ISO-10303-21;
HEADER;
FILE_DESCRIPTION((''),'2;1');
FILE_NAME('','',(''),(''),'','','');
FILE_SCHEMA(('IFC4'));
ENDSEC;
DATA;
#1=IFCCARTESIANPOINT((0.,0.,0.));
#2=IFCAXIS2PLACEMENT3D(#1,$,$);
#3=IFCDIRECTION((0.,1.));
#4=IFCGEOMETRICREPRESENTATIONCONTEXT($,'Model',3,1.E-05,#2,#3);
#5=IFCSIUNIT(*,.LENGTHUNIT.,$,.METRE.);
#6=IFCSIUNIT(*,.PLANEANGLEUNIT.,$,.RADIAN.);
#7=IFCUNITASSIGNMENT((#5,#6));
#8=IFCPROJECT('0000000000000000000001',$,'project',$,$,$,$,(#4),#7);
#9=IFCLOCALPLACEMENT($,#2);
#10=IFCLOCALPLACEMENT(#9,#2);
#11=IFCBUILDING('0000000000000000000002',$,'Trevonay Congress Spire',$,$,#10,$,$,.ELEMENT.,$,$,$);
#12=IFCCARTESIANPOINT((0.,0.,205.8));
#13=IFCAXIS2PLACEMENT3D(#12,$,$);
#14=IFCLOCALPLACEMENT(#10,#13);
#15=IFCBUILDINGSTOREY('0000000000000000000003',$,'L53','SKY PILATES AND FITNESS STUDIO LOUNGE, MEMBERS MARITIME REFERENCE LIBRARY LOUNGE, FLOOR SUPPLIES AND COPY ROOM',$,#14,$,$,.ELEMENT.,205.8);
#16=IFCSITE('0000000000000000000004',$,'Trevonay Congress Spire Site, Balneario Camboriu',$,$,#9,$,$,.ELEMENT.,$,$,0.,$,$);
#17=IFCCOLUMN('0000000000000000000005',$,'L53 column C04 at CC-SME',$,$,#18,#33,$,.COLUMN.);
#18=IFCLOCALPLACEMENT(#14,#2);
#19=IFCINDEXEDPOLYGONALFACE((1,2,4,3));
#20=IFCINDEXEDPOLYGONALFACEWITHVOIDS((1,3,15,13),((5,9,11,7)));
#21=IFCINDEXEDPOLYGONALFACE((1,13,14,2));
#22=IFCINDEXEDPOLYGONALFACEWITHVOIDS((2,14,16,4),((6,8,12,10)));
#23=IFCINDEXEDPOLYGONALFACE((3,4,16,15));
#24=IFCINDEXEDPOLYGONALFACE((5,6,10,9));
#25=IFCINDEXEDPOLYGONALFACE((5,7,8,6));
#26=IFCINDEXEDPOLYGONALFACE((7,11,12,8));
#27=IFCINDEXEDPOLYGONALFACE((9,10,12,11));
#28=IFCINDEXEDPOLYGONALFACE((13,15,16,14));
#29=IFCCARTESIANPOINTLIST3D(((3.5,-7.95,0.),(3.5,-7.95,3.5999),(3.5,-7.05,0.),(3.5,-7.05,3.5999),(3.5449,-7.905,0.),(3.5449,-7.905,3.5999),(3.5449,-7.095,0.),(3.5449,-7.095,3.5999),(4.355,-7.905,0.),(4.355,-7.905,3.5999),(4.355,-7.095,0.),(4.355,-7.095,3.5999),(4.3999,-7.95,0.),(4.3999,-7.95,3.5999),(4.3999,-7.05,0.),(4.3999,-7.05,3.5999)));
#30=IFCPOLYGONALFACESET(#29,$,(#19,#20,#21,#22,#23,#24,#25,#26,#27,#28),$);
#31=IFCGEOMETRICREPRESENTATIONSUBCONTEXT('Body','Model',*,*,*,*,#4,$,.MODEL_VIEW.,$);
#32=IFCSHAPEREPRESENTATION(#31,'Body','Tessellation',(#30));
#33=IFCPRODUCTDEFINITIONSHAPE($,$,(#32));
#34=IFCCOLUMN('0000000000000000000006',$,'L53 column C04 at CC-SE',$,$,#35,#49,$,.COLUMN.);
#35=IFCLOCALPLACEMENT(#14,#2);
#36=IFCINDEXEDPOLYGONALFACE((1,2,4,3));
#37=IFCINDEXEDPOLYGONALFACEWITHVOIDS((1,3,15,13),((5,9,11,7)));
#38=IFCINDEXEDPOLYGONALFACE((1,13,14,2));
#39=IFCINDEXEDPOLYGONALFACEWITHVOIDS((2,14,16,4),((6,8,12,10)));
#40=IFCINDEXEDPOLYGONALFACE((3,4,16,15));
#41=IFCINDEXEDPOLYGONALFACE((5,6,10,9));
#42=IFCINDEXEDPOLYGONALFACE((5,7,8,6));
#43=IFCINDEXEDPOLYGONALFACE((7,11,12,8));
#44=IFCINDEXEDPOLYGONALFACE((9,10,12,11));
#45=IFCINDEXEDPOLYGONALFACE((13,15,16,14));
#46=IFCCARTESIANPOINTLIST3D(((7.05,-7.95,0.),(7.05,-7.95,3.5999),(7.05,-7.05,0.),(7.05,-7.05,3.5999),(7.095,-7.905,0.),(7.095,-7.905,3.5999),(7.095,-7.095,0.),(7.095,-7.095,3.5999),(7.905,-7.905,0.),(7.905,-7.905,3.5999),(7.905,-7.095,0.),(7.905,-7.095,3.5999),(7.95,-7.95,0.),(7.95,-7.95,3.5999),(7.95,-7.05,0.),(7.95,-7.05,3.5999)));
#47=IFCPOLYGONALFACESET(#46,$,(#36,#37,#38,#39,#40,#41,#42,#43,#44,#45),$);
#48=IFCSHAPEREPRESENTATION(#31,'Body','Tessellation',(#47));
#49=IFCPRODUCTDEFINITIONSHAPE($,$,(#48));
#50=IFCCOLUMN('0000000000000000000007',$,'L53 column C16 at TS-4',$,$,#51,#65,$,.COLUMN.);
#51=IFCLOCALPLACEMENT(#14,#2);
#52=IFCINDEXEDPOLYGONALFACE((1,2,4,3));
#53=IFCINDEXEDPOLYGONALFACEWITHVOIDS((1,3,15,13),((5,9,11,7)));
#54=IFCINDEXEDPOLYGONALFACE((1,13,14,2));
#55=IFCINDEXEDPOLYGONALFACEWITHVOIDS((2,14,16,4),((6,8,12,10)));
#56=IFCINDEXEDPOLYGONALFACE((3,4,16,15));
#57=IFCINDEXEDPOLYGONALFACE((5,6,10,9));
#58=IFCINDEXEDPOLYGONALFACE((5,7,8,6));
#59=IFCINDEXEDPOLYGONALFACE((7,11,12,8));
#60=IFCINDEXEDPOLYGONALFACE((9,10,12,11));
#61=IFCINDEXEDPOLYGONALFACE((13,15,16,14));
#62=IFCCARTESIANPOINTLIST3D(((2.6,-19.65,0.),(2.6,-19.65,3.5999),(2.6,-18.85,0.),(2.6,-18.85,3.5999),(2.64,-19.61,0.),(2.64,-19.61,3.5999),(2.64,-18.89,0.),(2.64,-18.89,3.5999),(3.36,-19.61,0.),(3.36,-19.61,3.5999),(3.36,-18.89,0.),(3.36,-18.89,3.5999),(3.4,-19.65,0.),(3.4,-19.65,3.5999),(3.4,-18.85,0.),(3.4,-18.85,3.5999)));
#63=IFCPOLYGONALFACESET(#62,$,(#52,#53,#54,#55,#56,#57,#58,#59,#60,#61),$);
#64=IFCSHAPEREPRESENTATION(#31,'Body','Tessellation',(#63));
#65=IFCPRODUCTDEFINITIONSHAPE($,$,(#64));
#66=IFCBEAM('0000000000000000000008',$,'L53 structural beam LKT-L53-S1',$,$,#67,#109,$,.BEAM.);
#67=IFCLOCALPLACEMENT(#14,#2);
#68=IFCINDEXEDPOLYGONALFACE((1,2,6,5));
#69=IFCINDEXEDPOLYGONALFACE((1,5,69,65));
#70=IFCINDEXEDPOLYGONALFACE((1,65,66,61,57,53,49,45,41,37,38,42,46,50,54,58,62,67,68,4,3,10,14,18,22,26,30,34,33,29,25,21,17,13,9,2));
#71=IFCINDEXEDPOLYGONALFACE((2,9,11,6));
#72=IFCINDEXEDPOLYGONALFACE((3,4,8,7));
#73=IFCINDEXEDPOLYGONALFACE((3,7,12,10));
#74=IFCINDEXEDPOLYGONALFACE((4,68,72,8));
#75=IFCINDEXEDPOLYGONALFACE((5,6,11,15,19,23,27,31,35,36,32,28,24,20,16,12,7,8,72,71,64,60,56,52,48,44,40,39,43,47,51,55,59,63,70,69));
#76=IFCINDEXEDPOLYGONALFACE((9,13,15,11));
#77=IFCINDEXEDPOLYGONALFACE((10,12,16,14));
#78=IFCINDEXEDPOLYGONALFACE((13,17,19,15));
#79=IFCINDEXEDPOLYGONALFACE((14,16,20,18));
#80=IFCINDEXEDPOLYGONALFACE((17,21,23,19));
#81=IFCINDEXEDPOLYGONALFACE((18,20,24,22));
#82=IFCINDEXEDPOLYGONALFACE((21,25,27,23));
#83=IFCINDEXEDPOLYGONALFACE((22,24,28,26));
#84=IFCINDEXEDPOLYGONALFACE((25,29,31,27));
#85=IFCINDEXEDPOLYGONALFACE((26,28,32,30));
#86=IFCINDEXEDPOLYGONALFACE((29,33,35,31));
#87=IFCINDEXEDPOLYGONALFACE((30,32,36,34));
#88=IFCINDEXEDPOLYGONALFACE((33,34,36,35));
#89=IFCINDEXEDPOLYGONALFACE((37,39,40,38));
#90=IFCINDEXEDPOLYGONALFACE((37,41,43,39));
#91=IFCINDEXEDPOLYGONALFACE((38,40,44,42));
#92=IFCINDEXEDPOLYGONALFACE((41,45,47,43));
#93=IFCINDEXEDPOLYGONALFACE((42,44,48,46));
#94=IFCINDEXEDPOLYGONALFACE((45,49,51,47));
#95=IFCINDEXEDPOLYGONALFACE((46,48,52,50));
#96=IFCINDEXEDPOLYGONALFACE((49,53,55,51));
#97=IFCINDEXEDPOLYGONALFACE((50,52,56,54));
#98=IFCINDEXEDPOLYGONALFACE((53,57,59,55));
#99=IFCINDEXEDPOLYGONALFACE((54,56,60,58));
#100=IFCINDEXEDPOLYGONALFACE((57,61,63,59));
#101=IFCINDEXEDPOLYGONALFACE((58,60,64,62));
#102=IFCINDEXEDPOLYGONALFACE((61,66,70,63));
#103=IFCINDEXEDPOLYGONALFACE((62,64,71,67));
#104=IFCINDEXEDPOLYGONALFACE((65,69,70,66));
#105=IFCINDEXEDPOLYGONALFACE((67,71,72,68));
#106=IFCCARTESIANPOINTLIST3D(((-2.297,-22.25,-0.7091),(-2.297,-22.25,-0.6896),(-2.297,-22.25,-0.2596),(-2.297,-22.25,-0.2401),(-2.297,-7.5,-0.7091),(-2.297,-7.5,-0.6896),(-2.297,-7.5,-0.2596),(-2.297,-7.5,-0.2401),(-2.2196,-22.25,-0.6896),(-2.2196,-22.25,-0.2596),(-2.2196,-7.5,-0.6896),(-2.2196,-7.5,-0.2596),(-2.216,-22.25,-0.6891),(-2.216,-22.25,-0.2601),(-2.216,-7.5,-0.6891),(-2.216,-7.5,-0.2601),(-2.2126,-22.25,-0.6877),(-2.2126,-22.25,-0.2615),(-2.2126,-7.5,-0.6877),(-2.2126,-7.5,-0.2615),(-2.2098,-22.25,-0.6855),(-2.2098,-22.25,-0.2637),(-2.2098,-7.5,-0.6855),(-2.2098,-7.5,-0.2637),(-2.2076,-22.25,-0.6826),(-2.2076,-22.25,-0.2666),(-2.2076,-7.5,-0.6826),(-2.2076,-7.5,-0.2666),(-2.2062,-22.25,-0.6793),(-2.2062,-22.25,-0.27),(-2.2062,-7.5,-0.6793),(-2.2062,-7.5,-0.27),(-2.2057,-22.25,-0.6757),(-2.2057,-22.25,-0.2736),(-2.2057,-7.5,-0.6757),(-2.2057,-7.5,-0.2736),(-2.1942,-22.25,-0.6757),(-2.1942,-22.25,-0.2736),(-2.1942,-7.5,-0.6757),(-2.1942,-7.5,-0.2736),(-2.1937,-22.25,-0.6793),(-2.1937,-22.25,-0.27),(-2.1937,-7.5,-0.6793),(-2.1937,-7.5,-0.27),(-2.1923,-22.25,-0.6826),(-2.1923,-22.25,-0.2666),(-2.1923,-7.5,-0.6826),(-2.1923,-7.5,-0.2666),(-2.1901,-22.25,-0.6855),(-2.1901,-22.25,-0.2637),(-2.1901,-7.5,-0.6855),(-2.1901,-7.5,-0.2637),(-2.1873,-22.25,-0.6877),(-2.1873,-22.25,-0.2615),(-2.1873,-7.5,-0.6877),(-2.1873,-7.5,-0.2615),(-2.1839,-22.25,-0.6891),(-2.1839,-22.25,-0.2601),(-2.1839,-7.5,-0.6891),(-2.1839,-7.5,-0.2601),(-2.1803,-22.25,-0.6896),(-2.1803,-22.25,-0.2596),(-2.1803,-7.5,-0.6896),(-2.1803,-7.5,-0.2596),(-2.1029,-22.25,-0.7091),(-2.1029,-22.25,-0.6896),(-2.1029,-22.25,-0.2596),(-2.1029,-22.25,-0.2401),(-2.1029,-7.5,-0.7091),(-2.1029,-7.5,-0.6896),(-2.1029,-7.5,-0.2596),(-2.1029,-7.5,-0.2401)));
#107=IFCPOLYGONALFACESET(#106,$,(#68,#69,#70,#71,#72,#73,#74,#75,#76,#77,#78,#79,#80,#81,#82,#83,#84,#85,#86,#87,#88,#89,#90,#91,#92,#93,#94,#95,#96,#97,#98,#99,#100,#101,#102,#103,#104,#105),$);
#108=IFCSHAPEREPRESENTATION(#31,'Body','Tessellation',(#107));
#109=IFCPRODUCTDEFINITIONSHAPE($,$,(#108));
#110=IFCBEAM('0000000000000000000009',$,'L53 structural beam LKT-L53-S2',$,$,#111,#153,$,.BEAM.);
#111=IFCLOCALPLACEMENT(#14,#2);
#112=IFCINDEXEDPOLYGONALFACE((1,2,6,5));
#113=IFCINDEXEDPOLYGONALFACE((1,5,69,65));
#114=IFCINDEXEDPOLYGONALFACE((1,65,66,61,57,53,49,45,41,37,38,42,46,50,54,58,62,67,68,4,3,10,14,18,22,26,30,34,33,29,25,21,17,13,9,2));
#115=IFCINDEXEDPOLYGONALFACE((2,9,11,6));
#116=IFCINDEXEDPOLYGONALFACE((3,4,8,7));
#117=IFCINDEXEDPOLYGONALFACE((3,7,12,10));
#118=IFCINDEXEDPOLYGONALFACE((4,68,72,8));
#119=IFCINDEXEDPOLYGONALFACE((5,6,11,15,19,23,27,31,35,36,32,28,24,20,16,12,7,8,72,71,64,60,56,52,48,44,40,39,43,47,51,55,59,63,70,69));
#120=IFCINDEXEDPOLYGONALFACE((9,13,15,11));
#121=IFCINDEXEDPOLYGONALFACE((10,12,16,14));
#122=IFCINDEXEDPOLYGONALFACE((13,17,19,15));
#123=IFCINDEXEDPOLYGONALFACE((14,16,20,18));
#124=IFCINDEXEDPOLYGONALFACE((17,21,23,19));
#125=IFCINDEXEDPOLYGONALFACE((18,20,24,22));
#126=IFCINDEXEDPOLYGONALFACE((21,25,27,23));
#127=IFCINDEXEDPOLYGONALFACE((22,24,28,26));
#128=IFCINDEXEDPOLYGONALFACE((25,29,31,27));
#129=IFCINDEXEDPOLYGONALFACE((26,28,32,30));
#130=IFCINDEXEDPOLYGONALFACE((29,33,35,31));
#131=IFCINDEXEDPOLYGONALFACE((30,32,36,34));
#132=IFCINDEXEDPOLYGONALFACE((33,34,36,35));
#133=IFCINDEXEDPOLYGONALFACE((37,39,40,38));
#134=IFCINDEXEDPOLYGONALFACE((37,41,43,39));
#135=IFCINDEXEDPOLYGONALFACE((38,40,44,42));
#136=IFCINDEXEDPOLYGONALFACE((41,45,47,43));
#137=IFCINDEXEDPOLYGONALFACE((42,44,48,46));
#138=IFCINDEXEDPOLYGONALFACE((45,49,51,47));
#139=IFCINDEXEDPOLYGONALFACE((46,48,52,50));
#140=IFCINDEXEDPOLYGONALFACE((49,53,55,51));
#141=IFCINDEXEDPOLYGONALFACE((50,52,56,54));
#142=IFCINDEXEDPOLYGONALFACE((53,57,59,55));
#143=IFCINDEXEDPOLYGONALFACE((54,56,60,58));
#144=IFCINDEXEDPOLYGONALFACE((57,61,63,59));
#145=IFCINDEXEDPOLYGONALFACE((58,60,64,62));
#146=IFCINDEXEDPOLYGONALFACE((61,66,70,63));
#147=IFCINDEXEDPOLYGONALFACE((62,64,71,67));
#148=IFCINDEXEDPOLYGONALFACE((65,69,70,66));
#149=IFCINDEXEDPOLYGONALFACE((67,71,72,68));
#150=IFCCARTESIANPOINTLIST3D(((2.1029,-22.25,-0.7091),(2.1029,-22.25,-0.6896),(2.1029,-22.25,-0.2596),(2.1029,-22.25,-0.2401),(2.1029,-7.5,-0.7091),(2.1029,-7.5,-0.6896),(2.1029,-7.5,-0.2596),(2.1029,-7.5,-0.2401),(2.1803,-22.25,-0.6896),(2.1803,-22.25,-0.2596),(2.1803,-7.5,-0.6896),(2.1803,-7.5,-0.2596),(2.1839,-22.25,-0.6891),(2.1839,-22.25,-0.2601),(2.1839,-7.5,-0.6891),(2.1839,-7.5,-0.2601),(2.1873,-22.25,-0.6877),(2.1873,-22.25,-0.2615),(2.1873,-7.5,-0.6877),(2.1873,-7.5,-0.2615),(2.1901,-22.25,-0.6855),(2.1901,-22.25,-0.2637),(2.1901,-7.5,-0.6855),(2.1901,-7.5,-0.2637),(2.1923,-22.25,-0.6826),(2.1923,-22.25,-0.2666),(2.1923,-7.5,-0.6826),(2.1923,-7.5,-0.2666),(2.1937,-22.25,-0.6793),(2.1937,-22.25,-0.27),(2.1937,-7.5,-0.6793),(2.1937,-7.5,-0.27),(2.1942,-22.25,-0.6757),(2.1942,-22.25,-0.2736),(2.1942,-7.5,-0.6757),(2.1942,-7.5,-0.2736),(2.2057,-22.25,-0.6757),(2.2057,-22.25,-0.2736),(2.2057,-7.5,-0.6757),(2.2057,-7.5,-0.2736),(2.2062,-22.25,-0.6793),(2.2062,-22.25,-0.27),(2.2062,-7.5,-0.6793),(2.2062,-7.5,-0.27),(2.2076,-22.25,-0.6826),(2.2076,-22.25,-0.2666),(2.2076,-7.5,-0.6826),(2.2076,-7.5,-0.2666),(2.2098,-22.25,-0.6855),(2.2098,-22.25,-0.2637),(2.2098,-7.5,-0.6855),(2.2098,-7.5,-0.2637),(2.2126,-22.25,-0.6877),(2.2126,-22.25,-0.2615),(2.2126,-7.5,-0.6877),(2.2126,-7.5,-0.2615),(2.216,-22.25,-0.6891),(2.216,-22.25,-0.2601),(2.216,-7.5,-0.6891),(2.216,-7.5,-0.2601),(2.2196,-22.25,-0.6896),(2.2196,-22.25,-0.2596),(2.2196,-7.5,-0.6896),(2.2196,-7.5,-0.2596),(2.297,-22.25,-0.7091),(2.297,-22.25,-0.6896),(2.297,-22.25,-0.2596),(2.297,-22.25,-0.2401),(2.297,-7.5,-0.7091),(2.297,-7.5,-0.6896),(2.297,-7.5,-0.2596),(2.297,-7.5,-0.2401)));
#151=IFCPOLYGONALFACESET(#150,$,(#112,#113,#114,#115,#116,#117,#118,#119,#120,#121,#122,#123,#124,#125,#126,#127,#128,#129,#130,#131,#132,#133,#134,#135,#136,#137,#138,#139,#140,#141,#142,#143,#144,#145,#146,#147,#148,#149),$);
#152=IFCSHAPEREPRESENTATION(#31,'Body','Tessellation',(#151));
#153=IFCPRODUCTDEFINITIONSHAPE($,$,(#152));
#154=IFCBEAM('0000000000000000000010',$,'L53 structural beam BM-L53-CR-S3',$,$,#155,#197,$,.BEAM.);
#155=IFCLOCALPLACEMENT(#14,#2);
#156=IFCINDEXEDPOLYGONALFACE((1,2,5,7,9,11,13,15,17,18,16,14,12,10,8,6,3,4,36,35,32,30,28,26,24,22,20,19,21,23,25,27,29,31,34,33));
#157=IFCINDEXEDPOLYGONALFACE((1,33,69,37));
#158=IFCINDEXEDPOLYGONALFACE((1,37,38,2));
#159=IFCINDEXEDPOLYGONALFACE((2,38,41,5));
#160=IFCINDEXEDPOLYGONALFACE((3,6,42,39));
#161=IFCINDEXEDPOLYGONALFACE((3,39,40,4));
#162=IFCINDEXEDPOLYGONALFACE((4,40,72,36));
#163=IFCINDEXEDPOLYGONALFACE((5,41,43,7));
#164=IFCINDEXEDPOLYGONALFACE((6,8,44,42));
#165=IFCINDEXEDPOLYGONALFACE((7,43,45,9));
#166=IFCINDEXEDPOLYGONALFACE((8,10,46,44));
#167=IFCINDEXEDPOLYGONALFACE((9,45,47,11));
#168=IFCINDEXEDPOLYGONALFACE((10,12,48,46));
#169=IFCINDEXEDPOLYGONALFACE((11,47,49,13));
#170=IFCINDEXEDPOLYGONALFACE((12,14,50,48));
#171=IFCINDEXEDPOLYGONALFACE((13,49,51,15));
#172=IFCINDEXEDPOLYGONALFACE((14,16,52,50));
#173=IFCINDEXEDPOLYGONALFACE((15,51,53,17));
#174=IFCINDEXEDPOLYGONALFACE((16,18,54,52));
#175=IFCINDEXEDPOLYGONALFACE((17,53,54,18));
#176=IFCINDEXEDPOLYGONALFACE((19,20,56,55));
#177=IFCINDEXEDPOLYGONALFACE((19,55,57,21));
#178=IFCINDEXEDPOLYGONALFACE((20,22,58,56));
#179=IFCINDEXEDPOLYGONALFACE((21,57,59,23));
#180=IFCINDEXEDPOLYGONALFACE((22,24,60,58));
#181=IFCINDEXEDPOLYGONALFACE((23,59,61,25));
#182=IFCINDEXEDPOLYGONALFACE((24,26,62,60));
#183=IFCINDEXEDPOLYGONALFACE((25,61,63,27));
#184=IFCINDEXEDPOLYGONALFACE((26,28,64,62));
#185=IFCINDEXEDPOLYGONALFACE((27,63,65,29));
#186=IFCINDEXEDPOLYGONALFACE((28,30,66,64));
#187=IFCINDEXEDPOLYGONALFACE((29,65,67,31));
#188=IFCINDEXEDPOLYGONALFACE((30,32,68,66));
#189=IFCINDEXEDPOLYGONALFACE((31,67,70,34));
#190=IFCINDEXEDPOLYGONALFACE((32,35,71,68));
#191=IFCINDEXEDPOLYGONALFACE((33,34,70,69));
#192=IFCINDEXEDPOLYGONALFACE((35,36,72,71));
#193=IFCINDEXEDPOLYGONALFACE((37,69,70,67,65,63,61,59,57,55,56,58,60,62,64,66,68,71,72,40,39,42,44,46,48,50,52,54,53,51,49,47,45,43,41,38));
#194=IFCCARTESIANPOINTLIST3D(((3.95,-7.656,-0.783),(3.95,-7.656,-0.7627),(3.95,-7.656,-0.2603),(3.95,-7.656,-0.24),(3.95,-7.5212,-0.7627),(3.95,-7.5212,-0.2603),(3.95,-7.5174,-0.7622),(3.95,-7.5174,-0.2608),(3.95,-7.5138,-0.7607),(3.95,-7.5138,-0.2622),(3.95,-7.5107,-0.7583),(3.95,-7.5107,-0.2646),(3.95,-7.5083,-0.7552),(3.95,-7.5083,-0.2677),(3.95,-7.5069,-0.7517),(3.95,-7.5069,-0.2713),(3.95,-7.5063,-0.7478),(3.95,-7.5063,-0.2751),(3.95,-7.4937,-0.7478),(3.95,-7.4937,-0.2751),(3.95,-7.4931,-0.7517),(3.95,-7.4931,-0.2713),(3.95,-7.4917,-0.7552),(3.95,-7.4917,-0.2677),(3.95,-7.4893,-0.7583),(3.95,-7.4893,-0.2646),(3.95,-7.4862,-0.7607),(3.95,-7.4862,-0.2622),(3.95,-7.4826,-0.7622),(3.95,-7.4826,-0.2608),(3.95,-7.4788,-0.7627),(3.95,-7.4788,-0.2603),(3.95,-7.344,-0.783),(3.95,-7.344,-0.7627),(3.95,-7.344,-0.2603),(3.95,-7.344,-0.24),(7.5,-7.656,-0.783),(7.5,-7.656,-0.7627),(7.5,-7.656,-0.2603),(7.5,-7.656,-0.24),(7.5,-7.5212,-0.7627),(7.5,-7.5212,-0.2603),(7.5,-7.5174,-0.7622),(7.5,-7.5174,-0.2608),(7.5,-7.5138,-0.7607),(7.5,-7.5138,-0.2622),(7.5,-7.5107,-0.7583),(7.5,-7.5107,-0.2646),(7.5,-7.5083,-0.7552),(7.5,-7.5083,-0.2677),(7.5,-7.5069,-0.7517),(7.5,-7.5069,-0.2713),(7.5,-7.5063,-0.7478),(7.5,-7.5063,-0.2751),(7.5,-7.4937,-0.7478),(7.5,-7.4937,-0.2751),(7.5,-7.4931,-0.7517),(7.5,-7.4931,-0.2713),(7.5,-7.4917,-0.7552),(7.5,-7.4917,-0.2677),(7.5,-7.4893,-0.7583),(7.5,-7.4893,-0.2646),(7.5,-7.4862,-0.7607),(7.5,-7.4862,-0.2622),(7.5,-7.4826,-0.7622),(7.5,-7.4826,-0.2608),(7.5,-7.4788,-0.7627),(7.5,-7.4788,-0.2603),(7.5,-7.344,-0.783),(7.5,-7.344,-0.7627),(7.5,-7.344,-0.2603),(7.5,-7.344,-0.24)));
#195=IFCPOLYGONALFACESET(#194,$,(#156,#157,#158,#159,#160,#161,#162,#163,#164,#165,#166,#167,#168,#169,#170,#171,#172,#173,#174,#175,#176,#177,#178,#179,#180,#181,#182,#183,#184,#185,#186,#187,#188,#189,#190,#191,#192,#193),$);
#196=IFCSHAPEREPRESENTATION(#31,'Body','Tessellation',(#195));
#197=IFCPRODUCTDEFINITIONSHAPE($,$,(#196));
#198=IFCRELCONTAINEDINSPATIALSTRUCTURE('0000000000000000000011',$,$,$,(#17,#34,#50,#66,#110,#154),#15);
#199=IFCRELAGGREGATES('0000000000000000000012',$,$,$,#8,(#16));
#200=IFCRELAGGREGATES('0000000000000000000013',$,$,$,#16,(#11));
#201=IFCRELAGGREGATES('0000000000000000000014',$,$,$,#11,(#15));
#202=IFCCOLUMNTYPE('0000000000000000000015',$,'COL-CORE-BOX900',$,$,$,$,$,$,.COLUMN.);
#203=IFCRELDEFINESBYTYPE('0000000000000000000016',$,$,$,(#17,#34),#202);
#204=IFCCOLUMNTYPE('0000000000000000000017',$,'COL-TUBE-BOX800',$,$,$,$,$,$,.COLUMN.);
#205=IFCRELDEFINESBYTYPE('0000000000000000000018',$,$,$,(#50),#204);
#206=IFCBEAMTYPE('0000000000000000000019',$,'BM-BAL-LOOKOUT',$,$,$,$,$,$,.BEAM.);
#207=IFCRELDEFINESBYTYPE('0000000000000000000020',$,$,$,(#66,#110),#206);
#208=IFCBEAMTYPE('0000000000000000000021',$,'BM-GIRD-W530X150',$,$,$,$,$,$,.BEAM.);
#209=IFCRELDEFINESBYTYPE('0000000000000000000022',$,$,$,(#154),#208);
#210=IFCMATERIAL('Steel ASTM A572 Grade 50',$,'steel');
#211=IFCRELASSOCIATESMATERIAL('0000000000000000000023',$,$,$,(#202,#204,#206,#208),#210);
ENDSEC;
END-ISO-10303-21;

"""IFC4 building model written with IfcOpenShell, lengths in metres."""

from ifc_helpers import new_model, si_unit, direction, frame, origin, origin_2d, place, context, subcontext, project, spatial, hollow_rectangle, i_section, extrude, material, material_profile, profile_set, type_object, element, save


model = new_model("IFC4")

# Units and contexts
model_context = context("Model", 3, precision=1e-05, world=origin(), true_north=direction((0.0, 1.0)))
body_context = subcontext(model_context, "Body", "Model", "MODEL_VIEW")
ifc_project = project(units=[si_unit("LENGTHUNIT", "METRE"), si_unit("PLANEANGLEUNIT", "RADIAN")], contexts=[model_context])

# Site, building, storey
site_placement = place(None, origin())
site = spatial("IfcSite", under=ifc_project, at=site_placement, Name="Trevonay Congress Spire Site, Balneario Camboriu", CompositionType="ELEMENT", RefElevation=0.0)
building_placement = place(site_placement, origin())
building = spatial("IfcBuilding", under=site, at=building_placement, Name="Trevonay Congress Spire", CompositionType="ELEMENT")
storey_placement = place(building_placement, frame((0.0, 0.0, 205.8)))
storey = spatial("IfcBuildingStorey", under=building, at=storey_placement, Name="L53", Description="SKY PILATES AND FITNESS STUDIO LOUNGE, MEMBERS MARITIME REFERENCE LIBRARY LOUNGE, FLOOR SUPPLIES AND COPY ROOM", CompositionType="ELEMENT", Elevation=205.8)

# Columns
ifc_material_1 = material(Name="Steel ASTM A572 Grade 50", Category="steel")
ifc_material_profile_1 = material_profile(ifc_material_1, hollow_rectangle(XDim=0.8999, YDim=0.8999, WallThickness=0.0449, at=origin_2d()), Name="BOX 900x900x45")
ifc_profile_set_1 = profile_set([ifc_material_profile_1], Name="Steel ASTM A572 Grade 50")
column_type_1 = type_object("IfcColumnType", Name="COL-CORE-BOX900", PredefinedType="COLUMN", material=ifc_profile_set_1)
for number, where, z_axis, x_axis, name in (
    (1, (3.95, -7.5, 0.0), (0.0, 0.0, 1.0), (1.0, 0.0, 0.0), "L53 column C04 at CC-SME"),
    (2, (7.5, -7.5, 0.0), (0.0, 0.0, 1.0), (1.0, 0.0, 0.0), "L53 column C04 at CC-SE"),
):
    element("IfcColumn", number, at=place(storey_placement, frame(where, z_axis=z_axis, x_axis=x_axis)), inside=storey, type_object=column_type_1, Name=name, PredefinedType="COLUMN", context=body_context, shape_type="SweptSolid", body=[
        extrude(hollow_rectangle(XDim=0.8999, YDim=0.8999, WallThickness=0.0449, at=origin_2d()), origin(), (0.0, 0.0, 1.0), 3.5999),
    ])
ifc_material_profile_2 = material_profile(ifc_material_1, hollow_rectangle(XDim=0.8, YDim=0.8, WallThickness=0.04, at=origin_2d()), Name="BOX 800x800x40")
ifc_profile_set_2 = profile_set([ifc_material_profile_2], Name="Steel ASTM A572 Grade 50")
column_type_2 = type_object("IfcColumnType", Name="COL-TUBE-BOX800", PredefinedType="COLUMN", material=ifc_profile_set_2)
column_placement = place(storey_placement, frame((3.0, -19.25, 0.0), z_axis=(0.0, 0.0, 1.0), x_axis=(1.0, 0.0, 0.0)))
element("IfcColumn", 3, at=column_placement, inside=storey, type_object=column_type_2, Name="L53 column C16 at TS-4", PredefinedType="COLUMN", context=body_context, shape_type="SweptSolid", body=[
    extrude(hollow_rectangle(XDim=0.8, YDim=0.8, WallThickness=0.04, at=origin_2d()), origin(), (0.0, 0.0, 1.0), 3.5999),
])

# Beams
ifc_material_profile_3 = material_profile(ifc_material_1, i_section(OverallWidth=0.1941, OverallDepth=0.469, WebThickness=0.0115, FlangeThickness=0.0195, FilletRadius=0.0139, at=origin_2d()), Name="W460x106")
ifc_profile_set_3 = profile_set([ifc_material_profile_3], Name="Steel ASTM A572 Grade 50")
beam_type_1 = type_object("IfcBeamType", Name="BM-BAL-LOOKOUT", PredefinedType="BEAM", material=ifc_profile_set_3)
for number, where, z_axis, x_axis, name in (
    (4, (-2.2, -7.5, -0.4746), (0.0, -1.0, 0.0), (1.0, 0.0, 0.0), "L53 structural beam LKT-L53-S1"),
    (5, (2.2, -7.5, -0.4746), (0.0, -1.0, 0.0), (1.0, 0.0, 0.0), "L53 structural beam LKT-L53-S2"),
):
    element("IfcBeam", number, at=place(storey_placement, frame(where, z_axis=z_axis, x_axis=x_axis)), inside=storey, type_object=beam_type_1, Name=name, PredefinedType="BEAM", context=body_context, shape_type="SweptSolid", body=[
        extrude(i_section(OverallWidth=0.1941, OverallDepth=0.469, WebThickness=0.0115, FlangeThickness=0.0195, FilletRadius=0.0139, at=origin_2d()), origin(), (0.0, 0.0, 1.0), 14.75),
    ])
ifc_material_profile_4 = material_profile(ifc_material_1, i_section(OverallWidth=0.312, OverallDepth=0.543, WebThickness=0.0127, FlangeThickness=0.0203, FilletRadius=0.0149, at=origin_2d()), Name="W530x150")
ifc_profile_set_4 = profile_set([ifc_material_profile_4], Name="Steel ASTM A572 Grade 50")
beam_type_2 = type_object("IfcBeamType", Name="BM-GIRD-W530X150", PredefinedType="BEAM", material=ifc_profile_set_4)
beam_1_placement = place(storey_placement, frame((3.95, -7.5, -0.5115), z_axis=(1.0, 0.0, 0.0), x_axis=(0.0, 1.0, 0.0)))
element("IfcBeam", 6, at=beam_1_placement, inside=storey, type_object=beam_type_2, Name="L53 structural beam BM-L53-CR-S3", PredefinedType="BEAM", context=body_context, shape_type="SweptSolid", body=[
    extrude(i_section(OverallWidth=0.312, OverallDepth=0.543, WebThickness=0.0127, FlangeThickness=0.0203, FilletRadius=0.0149, at=origin_2d()), origin(), (0.0, 0.0, 1.0), 3.55),
])

save(model, "model.ifc")
